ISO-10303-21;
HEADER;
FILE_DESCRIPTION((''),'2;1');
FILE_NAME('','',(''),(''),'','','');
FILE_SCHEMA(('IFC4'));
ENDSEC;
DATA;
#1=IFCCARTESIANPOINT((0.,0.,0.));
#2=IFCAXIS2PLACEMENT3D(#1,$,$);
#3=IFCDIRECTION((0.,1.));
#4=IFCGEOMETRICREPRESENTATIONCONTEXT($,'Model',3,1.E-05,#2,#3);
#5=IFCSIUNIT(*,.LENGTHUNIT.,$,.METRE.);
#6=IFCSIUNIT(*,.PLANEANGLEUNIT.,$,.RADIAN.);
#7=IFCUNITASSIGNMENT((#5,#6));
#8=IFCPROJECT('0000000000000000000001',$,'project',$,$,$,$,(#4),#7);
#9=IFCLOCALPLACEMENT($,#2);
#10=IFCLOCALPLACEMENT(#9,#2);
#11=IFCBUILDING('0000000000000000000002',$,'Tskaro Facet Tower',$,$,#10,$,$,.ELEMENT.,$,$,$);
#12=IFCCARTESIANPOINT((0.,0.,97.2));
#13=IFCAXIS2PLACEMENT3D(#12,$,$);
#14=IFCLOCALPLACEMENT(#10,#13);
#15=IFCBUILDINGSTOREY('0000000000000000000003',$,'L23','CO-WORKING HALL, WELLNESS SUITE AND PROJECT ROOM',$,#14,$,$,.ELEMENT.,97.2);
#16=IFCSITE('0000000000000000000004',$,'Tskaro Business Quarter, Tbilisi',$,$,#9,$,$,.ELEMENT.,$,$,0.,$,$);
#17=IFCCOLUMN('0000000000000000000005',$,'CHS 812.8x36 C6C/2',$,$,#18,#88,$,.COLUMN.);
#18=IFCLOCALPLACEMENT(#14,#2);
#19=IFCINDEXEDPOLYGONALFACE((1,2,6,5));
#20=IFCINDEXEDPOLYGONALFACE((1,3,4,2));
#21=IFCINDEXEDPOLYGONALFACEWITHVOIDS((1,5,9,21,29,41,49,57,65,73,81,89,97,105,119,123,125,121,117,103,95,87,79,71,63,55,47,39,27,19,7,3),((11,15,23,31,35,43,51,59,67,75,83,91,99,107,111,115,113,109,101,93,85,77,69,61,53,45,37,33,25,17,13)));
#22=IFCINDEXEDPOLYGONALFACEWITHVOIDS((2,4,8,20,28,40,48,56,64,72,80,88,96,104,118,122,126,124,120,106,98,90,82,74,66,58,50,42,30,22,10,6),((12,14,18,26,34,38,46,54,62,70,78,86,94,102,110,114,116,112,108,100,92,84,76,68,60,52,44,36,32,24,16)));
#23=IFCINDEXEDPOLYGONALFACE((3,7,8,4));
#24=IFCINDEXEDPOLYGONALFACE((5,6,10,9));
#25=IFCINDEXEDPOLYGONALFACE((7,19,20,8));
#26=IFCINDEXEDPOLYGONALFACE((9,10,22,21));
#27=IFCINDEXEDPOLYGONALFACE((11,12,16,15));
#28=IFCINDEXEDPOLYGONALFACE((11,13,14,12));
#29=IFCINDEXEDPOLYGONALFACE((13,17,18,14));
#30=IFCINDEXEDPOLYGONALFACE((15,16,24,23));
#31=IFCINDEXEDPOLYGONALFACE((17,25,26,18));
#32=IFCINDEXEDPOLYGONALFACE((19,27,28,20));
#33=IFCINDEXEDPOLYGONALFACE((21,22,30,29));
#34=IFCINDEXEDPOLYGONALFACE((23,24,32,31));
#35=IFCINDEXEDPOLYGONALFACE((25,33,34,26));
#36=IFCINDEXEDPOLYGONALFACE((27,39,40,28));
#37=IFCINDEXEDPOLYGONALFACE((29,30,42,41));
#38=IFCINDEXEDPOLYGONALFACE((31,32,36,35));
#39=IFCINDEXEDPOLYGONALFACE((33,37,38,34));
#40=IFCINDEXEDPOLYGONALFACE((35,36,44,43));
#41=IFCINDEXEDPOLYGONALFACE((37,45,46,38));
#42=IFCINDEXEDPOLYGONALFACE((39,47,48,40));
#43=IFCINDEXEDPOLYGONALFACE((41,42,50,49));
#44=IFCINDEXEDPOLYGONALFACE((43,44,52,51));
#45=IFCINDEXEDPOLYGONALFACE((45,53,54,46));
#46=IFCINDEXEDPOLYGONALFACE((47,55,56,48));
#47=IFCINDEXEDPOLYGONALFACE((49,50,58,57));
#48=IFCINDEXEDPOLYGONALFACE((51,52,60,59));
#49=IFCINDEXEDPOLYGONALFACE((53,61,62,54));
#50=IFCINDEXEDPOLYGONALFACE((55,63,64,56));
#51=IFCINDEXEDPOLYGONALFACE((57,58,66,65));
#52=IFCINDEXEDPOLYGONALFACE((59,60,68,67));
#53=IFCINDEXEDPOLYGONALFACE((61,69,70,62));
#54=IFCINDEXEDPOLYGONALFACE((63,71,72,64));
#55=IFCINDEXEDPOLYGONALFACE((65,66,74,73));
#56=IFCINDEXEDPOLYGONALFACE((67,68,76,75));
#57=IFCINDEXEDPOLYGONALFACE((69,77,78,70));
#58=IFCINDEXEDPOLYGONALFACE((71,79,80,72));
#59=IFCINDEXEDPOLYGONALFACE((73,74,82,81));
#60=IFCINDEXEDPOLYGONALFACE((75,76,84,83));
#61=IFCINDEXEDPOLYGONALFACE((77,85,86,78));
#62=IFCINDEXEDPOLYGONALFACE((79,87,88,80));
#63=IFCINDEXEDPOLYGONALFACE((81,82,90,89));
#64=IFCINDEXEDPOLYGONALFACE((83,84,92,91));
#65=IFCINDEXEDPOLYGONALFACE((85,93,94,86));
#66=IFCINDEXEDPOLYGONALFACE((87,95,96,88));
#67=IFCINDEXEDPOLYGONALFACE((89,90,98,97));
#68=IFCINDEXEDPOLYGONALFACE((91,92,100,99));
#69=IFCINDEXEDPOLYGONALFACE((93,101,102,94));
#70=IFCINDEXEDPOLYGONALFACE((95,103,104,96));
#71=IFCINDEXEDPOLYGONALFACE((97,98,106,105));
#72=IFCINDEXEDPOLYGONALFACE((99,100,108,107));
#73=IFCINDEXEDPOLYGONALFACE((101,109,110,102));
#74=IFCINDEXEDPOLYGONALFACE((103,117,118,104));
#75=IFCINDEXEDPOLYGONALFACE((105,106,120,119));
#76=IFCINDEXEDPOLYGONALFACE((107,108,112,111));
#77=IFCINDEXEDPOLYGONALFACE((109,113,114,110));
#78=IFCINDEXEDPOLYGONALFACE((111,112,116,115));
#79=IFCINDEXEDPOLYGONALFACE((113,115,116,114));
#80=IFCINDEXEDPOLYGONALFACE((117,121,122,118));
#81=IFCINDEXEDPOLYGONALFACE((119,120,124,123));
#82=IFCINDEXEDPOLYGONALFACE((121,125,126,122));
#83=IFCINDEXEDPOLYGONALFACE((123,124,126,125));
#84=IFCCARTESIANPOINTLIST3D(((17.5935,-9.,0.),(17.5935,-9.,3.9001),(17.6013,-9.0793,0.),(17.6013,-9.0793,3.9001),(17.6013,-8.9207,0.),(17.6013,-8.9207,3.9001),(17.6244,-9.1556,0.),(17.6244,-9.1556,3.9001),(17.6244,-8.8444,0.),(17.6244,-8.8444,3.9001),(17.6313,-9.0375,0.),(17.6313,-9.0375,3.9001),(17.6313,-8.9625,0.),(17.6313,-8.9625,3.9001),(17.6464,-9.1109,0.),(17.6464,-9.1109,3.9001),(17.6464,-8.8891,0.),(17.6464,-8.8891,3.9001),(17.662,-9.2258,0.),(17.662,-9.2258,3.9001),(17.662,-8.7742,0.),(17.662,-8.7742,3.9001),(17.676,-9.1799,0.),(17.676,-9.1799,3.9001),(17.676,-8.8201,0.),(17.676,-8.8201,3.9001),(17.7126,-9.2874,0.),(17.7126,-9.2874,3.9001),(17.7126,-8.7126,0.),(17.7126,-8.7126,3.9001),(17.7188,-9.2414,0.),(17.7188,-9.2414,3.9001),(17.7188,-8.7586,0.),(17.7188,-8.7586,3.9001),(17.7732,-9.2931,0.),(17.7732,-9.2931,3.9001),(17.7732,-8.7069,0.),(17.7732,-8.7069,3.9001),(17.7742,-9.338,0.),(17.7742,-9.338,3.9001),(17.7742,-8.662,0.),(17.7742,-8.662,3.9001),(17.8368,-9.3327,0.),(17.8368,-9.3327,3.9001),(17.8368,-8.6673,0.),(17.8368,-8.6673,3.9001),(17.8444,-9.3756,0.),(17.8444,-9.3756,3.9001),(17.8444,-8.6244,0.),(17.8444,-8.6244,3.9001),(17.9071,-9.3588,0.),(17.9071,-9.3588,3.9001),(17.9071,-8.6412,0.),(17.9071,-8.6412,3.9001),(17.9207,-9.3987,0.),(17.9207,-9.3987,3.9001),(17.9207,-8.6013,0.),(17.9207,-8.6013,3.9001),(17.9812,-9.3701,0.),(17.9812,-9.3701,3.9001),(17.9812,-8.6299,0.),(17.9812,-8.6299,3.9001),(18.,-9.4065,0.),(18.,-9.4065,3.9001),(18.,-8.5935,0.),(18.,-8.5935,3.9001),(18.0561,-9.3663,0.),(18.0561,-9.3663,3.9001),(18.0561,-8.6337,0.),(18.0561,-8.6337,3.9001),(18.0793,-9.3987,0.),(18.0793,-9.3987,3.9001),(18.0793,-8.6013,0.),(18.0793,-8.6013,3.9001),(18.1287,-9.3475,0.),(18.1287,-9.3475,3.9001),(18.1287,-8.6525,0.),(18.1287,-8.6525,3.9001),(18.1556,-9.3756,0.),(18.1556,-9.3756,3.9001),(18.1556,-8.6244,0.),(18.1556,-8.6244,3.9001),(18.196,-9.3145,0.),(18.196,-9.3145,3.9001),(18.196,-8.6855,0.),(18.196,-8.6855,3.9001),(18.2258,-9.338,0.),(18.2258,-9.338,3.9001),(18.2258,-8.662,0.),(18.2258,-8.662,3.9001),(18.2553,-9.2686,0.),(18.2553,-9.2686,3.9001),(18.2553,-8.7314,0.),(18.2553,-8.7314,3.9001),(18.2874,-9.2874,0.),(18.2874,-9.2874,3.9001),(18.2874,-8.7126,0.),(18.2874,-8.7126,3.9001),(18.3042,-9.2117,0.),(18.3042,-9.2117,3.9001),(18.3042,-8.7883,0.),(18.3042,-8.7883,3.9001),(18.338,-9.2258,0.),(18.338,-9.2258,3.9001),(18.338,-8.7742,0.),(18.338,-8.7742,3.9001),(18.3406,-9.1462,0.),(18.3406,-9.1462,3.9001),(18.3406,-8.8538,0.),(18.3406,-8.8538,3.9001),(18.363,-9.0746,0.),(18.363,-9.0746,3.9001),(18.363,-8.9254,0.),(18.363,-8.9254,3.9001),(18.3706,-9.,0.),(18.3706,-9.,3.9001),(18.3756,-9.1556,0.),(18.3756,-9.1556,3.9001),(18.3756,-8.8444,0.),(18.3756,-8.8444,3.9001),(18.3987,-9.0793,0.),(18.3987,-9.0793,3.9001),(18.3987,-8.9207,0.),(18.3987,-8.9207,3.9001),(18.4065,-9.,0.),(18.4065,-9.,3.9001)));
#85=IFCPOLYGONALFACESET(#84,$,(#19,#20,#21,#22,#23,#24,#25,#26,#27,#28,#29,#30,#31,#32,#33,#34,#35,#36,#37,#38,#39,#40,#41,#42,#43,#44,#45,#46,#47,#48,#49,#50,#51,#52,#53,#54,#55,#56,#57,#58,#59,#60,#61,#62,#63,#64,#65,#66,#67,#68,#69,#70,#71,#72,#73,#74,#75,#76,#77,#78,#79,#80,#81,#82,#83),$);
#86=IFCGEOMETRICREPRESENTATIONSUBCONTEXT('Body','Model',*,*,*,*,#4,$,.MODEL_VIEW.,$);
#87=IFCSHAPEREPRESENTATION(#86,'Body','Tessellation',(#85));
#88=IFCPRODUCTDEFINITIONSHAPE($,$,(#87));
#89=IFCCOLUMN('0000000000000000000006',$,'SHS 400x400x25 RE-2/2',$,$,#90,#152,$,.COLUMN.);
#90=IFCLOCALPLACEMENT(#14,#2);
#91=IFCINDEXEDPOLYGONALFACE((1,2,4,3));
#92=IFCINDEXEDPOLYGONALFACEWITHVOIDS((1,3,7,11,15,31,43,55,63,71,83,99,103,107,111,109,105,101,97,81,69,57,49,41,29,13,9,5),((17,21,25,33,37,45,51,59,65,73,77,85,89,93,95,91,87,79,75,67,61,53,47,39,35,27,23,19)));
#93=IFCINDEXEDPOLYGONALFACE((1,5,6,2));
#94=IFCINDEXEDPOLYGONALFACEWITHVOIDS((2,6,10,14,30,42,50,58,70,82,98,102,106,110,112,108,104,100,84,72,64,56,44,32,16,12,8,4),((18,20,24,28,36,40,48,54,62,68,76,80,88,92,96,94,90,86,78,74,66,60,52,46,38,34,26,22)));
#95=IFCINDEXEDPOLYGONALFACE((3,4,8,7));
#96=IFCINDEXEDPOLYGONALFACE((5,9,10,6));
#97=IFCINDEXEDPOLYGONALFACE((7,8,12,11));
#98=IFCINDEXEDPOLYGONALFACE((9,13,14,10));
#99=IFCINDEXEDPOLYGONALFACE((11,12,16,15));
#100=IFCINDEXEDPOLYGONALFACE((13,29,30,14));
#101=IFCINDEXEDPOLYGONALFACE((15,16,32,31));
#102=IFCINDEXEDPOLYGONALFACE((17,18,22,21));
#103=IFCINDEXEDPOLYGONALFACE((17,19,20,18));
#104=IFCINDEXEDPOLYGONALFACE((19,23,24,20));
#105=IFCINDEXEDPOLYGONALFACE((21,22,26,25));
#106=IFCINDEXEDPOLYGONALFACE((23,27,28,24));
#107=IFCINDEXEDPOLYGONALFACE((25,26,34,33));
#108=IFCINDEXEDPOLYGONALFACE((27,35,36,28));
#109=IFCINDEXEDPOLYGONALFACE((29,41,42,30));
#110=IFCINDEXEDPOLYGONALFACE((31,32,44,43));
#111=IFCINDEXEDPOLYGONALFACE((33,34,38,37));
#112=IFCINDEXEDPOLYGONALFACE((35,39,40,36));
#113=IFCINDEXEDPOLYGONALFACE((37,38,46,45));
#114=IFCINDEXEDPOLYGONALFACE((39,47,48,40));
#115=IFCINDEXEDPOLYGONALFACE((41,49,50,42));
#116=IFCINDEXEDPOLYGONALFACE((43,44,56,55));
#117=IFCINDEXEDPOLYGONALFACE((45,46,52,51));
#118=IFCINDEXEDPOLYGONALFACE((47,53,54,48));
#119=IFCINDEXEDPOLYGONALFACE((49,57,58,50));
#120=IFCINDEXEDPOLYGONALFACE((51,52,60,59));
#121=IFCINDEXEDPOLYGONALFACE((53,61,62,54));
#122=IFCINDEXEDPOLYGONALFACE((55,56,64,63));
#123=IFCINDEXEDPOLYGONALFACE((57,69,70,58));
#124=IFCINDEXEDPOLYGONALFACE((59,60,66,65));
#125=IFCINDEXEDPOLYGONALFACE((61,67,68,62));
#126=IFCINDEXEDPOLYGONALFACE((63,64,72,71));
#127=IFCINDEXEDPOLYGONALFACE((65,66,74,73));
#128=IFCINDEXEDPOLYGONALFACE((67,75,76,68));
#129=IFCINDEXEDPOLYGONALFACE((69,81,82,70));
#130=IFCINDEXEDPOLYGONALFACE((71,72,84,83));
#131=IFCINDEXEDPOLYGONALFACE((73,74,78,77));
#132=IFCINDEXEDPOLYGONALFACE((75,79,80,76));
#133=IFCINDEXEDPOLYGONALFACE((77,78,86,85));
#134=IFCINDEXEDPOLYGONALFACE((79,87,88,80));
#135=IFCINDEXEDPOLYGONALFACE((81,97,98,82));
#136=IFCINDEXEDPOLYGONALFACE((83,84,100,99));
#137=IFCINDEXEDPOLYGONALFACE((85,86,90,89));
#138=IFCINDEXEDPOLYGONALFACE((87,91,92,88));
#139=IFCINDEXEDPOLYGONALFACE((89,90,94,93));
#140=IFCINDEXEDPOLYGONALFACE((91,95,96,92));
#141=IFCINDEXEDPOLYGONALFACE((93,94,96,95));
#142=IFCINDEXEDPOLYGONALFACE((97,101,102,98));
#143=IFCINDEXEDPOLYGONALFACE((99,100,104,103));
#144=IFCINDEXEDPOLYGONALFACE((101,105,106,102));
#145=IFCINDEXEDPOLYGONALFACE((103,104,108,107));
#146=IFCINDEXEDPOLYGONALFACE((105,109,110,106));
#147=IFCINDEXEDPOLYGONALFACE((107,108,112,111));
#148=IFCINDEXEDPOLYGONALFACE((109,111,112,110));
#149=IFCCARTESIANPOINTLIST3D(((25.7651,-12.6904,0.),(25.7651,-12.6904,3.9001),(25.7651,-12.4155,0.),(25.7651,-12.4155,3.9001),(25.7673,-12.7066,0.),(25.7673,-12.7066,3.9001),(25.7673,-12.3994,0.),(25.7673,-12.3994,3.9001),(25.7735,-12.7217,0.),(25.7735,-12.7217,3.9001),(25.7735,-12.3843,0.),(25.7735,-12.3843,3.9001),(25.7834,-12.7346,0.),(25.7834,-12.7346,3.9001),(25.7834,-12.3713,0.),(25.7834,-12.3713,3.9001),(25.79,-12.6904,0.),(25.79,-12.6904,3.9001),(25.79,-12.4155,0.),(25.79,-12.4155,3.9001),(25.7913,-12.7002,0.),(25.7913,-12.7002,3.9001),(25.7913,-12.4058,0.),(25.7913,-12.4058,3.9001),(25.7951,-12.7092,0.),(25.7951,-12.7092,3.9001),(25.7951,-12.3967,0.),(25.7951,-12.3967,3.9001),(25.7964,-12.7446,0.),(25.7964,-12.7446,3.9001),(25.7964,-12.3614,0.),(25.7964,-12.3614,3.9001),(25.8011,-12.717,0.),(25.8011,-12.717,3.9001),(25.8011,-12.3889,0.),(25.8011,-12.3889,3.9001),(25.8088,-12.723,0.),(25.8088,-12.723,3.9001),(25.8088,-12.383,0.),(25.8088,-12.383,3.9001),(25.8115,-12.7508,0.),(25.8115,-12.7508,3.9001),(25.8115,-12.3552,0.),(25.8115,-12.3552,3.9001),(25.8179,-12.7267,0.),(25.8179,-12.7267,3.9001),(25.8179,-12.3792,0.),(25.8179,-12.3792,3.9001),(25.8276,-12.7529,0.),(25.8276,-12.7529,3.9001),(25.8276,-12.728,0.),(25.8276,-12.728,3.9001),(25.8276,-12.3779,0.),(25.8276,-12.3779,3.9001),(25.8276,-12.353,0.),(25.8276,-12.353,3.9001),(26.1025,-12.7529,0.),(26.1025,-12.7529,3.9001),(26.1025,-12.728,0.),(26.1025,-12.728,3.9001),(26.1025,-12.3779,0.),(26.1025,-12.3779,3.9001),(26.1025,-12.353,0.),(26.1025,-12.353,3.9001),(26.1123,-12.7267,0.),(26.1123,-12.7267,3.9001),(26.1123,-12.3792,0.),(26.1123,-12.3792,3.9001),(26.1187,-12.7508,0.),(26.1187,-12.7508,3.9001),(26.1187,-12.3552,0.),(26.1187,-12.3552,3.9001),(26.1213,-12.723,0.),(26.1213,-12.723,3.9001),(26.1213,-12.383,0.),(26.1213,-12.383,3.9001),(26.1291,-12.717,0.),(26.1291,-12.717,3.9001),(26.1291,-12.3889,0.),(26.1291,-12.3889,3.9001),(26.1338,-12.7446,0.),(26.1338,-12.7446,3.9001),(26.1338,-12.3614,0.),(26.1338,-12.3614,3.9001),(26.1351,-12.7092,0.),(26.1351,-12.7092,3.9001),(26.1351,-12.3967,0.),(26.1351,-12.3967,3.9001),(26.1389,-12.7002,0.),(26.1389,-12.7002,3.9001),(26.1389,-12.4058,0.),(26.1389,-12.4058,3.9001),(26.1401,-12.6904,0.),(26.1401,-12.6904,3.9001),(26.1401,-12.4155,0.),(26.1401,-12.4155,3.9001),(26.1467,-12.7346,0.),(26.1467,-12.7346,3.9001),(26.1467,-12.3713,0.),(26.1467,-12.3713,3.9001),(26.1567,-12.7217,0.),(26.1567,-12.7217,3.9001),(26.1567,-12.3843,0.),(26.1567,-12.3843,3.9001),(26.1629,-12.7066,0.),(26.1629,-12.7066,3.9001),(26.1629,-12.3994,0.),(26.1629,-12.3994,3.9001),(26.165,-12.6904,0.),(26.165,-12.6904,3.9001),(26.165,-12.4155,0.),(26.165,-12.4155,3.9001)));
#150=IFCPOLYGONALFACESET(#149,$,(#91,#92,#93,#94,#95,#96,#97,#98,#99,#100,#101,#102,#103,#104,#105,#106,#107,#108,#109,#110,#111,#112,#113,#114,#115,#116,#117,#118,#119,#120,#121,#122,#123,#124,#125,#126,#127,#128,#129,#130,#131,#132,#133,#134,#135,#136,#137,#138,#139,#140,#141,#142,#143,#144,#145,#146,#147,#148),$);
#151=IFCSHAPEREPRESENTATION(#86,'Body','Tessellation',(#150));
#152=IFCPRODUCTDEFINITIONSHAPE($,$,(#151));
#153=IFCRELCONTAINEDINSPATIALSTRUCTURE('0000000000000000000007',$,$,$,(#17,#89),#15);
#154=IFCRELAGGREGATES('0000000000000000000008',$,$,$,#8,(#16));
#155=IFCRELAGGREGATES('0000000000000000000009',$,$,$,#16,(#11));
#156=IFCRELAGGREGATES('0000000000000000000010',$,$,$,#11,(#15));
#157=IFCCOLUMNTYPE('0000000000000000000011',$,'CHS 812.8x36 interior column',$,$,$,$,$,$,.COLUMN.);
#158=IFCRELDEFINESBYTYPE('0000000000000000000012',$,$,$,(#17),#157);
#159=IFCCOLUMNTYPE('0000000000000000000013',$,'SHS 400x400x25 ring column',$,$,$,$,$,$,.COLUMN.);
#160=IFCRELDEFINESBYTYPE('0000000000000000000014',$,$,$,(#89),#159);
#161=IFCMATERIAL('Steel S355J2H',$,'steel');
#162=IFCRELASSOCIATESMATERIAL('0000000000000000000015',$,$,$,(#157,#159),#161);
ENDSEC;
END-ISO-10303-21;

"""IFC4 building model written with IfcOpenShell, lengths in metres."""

from ifc_helpers import new_model, si_unit, direction, frame, origin, origin_2d, place, context, subcontext, project, spatial, hollow_rectangle, hollow_circle, extrude, material, material_profile, profile_set, type_object, element, save


model = new_model("IFC4")

# Units and contexts
model_context = context("Model", 3, precision=1e-05, world=origin(), true_north=direction((0.0, 1.0)))
body_context = subcontext(model_context, "Body", "Model", "MODEL_VIEW")
ifc_project = project(units=[si_unit("LENGTHUNIT", "METRE"), si_unit("PLANEANGLEUNIT", "RADIAN")], contexts=[model_context])

# Site, building, storey
site_placement = place(None, origin())
site = spatial("IfcSite", under=ifc_project, at=site_placement, Name="Tskaro Business Quarter, Tbilisi", CompositionType="ELEMENT", RefElevation=0.0)
building_placement = place(site_placement, origin())
building = spatial("IfcBuilding", under=site, at=building_placement, Name="Tskaro Facet Tower", CompositionType="ELEMENT")
storey_placement = place(building_placement, frame((0.0, 0.0, 97.2)))
storey = spatial("IfcBuildingStorey", under=building, at=storey_placement, Name="L23", Description="CO-WORKING HALL, WELLNESS SUITE AND PROJECT ROOM", CompositionType="ELEMENT", Elevation=97.2)

# Columns
ifc_material_1 = material(Name="Steel S355J2H", Category="steel")
ifc_material_profile_1 = material_profile(ifc_material_1, hollow_circle(Radius=0.4065, WallThickness=0.0359, at=origin_2d()), Name="CHS 812.8x36")
ifc_profile_set_1 = profile_set([ifc_material_profile_1], Name="Steel S355J2H")
column_type_1 = type_object("IfcColumnType", Name="CHS 812.8x36 interior column", PredefinedType="COLUMN", material=ifc_profile_set_1)
column_placement = place(storey_placement, frame((18.0, -9.0, 0.0), z_axis=(0.0, 0.0, 1.0), x_axis=(1.0, 0.0, 0.0)))
element("IfcColumn", 1, at=column_placement, inside=storey, type_object=column_type_1, Name="CHS 812.8x36 C6C/2", PredefinedType="COLUMN", context=body_context, shape_type="SweptSolid", body=[
    extrude(hollow_circle(Radius=0.4065, WallThickness=0.0359, at=origin_2d()), origin(), (0.0, 0.0, 1.0), 3.9001),
])
ifc_material_profile_2 = material_profile(ifc_material_1, hollow_rectangle(XDim=0.3999, YDim=0.3999, WallThickness=0.0249, InnerFilletRadius=0.0376, OuterFilletRadius=0.0625, at=origin_2d()), Name="SHS 400x400x25")
ifc_profile_set_2 = profile_set([ifc_material_profile_2], Name="Steel S355J2H")
column_type_2 = type_object("IfcColumnType", Name="SHS 400x400x25 ring column", PredefinedType="COLUMN", material=ifc_profile_set_2)
for number, where, z_axis, x_axis, name in (
    (2, (25.9651, -12.553, 0.0), (0.0, 0.0, 1.0), (1.0, 0.0, 0.0), "SHS 400x400x25 RE-2/2"),
):
    element("IfcColumn", number, at=place(storey_placement, frame(where, z_axis=z_axis, x_axis=x_axis)), inside=storey, type_object=column_type_2, Name=name, PredefinedType="COLUMN", context=body_context, shape_type="SweptSolid", body=[
        extrude(hollow_rectangle(XDim=0.3999, YDim=0.3999, WallThickness=0.0249, InnerFilletRadius=0.0376, OuterFilletRadius=0.0625, at=origin_2d()), origin(), (0.0, 0.0, 1.0), 3.9001),
    ])

save(model, "model.ifc")
